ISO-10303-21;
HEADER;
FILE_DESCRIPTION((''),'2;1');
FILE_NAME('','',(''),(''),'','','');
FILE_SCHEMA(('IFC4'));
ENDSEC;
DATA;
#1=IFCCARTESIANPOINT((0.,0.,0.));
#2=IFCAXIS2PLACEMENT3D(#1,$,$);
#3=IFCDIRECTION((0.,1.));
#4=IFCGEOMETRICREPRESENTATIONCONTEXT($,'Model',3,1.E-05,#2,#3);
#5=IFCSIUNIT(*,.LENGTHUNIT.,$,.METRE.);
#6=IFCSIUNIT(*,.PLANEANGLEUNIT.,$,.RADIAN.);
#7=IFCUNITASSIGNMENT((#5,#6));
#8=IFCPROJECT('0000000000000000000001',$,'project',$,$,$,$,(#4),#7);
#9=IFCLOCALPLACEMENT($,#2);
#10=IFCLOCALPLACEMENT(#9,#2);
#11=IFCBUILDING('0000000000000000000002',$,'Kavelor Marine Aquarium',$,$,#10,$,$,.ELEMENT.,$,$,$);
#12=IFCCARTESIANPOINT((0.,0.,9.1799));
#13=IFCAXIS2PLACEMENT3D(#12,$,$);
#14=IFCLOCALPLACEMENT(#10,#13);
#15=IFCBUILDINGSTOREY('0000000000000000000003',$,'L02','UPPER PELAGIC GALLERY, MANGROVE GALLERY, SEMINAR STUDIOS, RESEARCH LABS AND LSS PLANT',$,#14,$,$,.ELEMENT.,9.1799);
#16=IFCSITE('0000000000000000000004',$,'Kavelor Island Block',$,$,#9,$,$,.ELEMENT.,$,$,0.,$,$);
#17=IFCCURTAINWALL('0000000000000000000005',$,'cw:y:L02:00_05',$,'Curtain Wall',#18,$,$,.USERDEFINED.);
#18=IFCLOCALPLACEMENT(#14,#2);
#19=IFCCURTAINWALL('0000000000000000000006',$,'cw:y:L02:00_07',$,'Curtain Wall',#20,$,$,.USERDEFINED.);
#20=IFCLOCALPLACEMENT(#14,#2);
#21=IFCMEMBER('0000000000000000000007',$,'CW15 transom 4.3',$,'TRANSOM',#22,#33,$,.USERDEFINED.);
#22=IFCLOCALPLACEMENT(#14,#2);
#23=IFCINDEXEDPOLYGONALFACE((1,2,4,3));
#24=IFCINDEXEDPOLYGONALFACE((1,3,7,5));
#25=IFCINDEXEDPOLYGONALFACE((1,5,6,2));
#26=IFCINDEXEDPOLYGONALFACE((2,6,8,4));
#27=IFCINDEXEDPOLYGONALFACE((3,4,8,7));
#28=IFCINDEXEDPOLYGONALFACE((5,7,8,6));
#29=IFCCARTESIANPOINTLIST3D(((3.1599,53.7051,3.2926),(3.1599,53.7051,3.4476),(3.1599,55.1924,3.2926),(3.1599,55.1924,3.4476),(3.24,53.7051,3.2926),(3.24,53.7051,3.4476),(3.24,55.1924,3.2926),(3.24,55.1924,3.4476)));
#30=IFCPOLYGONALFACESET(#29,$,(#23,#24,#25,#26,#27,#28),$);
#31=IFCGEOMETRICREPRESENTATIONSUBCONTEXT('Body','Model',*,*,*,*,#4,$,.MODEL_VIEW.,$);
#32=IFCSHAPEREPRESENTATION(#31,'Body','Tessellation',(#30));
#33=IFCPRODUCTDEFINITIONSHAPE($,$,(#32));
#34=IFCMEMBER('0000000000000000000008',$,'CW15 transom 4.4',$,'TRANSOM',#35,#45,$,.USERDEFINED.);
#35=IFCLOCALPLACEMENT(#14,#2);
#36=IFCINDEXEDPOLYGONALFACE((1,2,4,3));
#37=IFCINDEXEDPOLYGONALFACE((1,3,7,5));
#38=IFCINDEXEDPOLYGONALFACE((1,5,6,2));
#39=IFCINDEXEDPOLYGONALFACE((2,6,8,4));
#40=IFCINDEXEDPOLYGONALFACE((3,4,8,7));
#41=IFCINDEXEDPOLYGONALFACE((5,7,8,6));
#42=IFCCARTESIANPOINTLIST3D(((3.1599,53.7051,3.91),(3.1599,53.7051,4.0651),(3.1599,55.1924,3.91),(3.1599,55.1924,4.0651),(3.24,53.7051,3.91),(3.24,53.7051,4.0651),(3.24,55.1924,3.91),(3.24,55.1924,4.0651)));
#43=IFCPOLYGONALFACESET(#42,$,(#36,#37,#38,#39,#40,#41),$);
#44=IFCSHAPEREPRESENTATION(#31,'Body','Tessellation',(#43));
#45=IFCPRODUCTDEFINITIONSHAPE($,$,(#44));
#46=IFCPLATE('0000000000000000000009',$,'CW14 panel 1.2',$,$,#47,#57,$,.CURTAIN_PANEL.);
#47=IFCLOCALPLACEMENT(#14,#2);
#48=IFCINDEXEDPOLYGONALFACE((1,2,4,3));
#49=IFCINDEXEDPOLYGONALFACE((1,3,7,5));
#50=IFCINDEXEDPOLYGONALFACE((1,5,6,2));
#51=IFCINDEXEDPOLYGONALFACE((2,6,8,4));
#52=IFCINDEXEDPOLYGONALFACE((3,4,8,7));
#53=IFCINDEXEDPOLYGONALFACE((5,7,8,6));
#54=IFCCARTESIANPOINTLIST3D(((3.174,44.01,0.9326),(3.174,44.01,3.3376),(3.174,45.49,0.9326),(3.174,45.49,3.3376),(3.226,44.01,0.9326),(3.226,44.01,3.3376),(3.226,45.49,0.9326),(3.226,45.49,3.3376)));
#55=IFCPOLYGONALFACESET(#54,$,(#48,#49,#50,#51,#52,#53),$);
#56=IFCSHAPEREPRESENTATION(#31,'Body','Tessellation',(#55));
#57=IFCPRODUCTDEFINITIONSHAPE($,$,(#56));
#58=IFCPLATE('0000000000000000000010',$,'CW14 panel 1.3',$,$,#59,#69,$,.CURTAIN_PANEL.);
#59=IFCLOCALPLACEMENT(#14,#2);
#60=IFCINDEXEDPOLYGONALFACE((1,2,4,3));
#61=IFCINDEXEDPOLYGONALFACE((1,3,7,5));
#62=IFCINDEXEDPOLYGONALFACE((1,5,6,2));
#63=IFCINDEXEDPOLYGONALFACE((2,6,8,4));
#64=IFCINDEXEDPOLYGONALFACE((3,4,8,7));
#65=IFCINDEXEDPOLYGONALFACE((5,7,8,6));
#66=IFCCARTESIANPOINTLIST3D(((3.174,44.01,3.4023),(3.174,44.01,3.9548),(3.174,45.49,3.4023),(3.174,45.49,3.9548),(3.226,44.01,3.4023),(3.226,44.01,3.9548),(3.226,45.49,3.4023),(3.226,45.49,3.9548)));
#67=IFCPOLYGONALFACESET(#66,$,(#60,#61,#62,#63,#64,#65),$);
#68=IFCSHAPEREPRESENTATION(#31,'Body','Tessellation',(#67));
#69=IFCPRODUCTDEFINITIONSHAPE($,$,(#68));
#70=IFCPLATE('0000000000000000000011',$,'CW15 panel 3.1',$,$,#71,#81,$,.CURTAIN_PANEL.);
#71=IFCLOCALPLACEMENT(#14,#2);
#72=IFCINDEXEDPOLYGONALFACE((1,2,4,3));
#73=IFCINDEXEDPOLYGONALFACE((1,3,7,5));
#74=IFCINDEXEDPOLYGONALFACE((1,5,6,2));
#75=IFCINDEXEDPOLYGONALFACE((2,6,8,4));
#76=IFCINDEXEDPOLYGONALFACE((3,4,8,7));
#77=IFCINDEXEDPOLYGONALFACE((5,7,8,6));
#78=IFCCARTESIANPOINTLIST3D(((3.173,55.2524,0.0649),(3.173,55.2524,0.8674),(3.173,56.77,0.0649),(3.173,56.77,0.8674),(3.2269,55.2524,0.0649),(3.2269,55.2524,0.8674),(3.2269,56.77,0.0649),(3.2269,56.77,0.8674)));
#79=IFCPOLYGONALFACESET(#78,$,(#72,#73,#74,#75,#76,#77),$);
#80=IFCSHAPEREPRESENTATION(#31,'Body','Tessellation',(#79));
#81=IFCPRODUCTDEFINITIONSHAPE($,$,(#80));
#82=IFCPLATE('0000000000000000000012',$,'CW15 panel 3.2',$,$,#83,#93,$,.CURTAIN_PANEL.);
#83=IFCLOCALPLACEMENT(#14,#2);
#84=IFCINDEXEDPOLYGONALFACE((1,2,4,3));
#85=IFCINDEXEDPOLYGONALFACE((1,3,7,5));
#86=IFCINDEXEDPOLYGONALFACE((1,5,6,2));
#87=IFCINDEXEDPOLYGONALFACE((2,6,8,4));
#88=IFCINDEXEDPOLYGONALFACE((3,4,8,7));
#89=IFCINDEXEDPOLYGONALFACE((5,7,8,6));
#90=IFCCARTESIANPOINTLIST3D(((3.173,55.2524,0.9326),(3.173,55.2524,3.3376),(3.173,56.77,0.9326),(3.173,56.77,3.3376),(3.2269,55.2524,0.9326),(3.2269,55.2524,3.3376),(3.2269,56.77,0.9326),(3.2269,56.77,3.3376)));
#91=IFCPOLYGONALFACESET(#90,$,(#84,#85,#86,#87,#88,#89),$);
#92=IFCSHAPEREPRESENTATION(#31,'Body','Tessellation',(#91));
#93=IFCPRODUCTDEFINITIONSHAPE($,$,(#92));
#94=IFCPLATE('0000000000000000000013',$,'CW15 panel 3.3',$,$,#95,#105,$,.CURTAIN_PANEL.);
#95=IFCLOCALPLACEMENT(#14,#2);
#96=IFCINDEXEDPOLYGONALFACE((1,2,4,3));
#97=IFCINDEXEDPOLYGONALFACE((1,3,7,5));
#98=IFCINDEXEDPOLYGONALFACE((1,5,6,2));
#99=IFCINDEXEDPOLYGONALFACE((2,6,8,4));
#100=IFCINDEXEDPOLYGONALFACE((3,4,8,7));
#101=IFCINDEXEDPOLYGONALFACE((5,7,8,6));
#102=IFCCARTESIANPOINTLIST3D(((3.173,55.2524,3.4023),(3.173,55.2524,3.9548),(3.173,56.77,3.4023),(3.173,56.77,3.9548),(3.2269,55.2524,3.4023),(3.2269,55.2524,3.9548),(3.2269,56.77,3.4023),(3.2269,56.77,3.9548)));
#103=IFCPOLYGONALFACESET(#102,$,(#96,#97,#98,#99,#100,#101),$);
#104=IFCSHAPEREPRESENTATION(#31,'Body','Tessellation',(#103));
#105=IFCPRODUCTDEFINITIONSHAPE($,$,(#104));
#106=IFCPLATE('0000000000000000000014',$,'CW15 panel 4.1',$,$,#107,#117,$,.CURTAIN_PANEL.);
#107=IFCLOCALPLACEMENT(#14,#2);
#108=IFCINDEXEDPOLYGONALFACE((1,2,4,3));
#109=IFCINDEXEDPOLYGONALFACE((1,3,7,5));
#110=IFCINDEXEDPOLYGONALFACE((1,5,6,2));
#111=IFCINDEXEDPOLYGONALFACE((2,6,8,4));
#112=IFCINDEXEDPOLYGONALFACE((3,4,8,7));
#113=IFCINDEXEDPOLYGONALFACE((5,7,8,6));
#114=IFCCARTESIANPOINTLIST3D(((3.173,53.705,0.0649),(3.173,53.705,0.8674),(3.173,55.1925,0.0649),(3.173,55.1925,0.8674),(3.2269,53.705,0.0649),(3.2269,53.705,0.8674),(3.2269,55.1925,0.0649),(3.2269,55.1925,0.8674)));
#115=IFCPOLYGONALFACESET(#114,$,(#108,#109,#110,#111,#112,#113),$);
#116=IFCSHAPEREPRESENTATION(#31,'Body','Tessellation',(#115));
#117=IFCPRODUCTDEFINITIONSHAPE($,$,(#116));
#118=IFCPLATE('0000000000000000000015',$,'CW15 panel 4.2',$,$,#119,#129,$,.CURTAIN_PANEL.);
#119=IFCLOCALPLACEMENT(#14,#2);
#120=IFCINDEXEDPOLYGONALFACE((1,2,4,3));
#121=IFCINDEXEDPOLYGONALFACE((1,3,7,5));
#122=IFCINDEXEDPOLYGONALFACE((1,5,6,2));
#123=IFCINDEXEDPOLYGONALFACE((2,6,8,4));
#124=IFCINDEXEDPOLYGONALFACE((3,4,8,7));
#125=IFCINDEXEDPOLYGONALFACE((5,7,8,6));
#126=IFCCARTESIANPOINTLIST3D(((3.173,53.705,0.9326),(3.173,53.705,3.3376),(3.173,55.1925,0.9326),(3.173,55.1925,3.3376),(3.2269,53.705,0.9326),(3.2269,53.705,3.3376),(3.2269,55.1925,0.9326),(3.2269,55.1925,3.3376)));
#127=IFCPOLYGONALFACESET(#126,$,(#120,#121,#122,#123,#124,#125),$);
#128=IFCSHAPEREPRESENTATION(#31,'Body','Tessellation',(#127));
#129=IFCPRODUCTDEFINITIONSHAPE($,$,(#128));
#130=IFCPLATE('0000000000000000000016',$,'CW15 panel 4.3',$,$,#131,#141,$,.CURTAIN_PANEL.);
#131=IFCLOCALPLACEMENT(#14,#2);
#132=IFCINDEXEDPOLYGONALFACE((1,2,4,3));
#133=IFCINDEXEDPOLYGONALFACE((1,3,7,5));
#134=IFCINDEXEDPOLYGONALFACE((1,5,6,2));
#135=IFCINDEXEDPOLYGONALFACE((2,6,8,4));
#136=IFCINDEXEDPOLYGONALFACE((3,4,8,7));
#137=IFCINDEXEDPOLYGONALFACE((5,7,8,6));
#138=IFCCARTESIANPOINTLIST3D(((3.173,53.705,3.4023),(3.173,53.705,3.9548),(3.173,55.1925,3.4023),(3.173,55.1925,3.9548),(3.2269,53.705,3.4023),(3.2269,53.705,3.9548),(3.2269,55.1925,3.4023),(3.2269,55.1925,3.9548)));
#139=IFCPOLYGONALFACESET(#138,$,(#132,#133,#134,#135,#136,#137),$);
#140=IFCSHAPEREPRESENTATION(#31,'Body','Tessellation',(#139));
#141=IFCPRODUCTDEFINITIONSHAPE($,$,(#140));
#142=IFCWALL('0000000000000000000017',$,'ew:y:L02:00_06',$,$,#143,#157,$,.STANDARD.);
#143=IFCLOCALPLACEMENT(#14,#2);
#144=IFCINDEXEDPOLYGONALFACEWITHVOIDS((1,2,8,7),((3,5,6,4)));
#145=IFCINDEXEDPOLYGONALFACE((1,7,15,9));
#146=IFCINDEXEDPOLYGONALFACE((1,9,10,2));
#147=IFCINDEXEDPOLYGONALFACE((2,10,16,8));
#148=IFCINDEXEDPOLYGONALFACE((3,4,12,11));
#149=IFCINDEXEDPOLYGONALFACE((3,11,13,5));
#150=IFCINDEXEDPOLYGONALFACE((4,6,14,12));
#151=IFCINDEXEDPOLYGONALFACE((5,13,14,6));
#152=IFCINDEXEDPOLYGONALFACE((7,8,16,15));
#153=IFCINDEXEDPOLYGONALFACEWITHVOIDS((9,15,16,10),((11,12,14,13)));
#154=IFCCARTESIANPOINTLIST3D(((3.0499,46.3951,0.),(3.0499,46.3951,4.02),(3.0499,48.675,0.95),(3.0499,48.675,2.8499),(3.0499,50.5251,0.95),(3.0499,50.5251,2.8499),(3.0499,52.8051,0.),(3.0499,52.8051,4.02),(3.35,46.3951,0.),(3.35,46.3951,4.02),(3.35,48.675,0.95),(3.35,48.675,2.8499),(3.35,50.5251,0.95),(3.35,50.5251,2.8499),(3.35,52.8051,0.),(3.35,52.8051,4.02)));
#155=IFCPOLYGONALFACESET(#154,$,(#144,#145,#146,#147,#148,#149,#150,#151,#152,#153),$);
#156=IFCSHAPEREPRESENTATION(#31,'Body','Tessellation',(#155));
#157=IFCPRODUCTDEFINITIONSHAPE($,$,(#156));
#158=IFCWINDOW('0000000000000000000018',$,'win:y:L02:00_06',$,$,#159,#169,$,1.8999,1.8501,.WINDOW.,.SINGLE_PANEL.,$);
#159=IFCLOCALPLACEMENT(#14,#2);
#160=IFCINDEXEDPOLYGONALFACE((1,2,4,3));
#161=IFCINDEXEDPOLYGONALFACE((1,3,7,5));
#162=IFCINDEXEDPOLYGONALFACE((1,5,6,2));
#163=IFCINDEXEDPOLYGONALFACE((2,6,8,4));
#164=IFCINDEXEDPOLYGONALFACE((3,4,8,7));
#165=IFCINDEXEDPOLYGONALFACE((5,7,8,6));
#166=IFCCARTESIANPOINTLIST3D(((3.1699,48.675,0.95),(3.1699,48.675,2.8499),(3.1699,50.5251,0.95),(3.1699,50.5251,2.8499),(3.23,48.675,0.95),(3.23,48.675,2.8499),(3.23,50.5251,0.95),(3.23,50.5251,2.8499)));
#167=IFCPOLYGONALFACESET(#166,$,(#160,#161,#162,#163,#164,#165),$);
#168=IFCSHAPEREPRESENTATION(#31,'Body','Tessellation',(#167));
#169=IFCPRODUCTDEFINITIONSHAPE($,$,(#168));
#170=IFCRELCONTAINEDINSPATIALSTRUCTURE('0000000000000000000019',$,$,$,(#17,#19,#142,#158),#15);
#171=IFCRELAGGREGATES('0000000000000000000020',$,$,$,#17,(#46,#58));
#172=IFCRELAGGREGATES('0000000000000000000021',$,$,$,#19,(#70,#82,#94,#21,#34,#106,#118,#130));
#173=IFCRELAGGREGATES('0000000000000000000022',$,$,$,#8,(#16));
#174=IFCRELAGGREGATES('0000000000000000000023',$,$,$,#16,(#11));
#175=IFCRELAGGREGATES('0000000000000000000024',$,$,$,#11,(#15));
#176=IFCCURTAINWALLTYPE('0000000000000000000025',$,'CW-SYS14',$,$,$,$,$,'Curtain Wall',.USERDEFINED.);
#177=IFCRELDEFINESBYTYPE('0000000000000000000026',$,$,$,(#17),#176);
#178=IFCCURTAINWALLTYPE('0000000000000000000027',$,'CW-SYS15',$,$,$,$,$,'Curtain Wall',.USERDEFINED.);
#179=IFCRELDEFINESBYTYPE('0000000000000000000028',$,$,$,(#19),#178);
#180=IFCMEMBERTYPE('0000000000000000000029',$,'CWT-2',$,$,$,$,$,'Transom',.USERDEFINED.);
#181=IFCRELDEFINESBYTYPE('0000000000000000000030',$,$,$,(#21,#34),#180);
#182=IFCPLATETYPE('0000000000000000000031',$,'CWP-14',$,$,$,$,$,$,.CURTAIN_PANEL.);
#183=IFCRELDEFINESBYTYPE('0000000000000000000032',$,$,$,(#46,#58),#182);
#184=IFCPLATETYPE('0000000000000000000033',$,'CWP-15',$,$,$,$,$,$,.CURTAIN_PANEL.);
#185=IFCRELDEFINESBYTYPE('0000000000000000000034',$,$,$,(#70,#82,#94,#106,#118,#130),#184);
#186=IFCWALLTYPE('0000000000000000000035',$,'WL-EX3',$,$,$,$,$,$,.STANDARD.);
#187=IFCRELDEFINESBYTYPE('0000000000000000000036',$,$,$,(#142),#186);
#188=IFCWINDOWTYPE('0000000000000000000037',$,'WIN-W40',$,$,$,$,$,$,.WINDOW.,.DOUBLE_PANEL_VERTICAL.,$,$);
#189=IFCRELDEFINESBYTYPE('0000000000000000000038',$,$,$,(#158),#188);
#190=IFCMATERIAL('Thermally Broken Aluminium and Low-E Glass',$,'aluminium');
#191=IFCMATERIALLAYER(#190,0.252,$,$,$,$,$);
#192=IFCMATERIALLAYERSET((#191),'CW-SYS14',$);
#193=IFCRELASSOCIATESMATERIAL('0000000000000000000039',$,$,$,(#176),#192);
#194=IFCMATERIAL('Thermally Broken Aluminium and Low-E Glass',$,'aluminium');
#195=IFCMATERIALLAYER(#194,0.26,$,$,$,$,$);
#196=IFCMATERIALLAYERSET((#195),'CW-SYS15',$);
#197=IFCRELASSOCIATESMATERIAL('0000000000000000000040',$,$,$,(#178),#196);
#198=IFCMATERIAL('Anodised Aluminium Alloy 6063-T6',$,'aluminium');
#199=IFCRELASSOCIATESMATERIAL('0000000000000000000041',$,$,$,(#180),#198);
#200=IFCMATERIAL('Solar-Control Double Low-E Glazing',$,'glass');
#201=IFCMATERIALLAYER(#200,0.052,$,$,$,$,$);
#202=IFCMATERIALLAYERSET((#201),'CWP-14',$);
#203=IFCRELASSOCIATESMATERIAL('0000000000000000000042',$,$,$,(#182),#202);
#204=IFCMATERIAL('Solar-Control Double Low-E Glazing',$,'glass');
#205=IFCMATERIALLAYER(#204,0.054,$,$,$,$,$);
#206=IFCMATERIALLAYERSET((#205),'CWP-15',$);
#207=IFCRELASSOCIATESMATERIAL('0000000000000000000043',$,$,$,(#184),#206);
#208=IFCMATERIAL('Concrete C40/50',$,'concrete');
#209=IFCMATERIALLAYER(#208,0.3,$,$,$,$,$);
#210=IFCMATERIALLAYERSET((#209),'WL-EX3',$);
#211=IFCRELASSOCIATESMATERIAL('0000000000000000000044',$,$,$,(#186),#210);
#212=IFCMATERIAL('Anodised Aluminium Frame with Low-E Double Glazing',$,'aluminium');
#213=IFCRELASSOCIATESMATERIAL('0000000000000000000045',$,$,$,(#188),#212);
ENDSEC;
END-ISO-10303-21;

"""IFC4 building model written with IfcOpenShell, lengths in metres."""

from ifc_helpers import new_model, si_unit, direction, frame, frame_2d, origin, origin_2d, place, context, subcontext, project, spatial, rectangle, extrude, material, layer, layer_set, material_profile, profile_set, type_object, element, fill, aggregate, save


model = new_model("IFC4")

# Units and contexts
model_context = context("Model", 3, precision=1e-05, world=origin(), true_north=direction((0.0, 1.0)))
body_context = subcontext(model_context, "Body", "Model", "MODEL_VIEW")
ifc_project = project(units=[si_unit("LENGTHUNIT", "METRE"), si_unit("PLANEANGLEUNIT", "RADIAN")], contexts=[model_context])

# Site, building, storey
site_placement = place(None, origin())
site = spatial("IfcSite", under=ifc_project, at=site_placement, Name="Kavelor Island Block", CompositionType="ELEMENT", RefElevation=0.0)
building_placement = place(site_placement, origin())
building = spatial("IfcBuilding", under=site, at=building_placement, Name="Kavelor Marine Aquarium", CompositionType="ELEMENT")
storey_placement = place(building_placement, frame((0.0, 0.0, 9.1799)))
storey = spatial("IfcBuildingStorey", under=building, at=storey_placement, Name="L02", Description="UPPER PELAGIC GALLERY, MANGROVE GALLERY, SEMINAR STUDIOS, RESEARCH LABS AND LSS PLANT", CompositionType="ELEMENT", Elevation=9.1799)

# Curtain wall
ifc_material_1 = material(Name="Thermally Broken Aluminium and Low-E Glass", Category="aluminium")
ifc_layer_1 = layer(ifc_material_1, 0.252)
ifc_layer_set_1 = layer_set([ifc_layer_1], Name="CW-SYS14")
curtain_wall_type_1 = type_object("IfcCurtainWallType", Name="CW-SYS14", ElementType="Curtain Wall", PredefinedType="USERDEFINED", material=ifc_layer_set_1)
curtain_wall_1_placement = place(storey_placement, origin())
curtain_wall_1 = element("IfcCurtainWall", 1, at=curtain_wall_1_placement, inside=storey, type_object=curtain_wall_type_1, Name="cw:y:L02:00_05", ObjectType="Curtain Wall", PredefinedType="USERDEFINED")

# Curtain wall
ifc_material_2 = material(Name="Thermally Broken Aluminium and Low-E Glass", Category="aluminium")
ifc_layer_2 = layer(ifc_material_2, 0.26)
ifc_layer_set_2 = layer_set([ifc_layer_2], Name="CW-SYS15")
curtain_wall_type_2 = type_object("IfcCurtainWallType", Name="CW-SYS15", ElementType="Curtain Wall", PredefinedType="USERDEFINED", material=ifc_layer_set_2)
curtain_wall_2_placement = place(storey_placement, origin())
curtain_wall_2 = element("IfcCurtainWall", 2, at=curtain_wall_2_placement, inside=storey, type_object=curtain_wall_type_2, Name="cw:y:L02:00_07", ObjectType="Curtain Wall", PredefinedType="USERDEFINED")

# Members
ifc_material_3 = material(Name="Anodised Aluminium Alloy 6063-T6", Category="aluminium")
ifc_material_profile_1 = material_profile(ifc_material_3, rectangle(XDim=0.0801, YDim=0.155, at=origin_2d()), Name="CW-TRN 80x155")
ifc_profile_set_1 = profile_set([ifc_material_profile_1], Name="Anodised Aluminium Alloy 6063-T6")
member_type_1 = type_object("IfcMemberType", Name="CWT-2", ElementType="Transom", PredefinedType="USERDEFINED", material=ifc_profile_set_1)
member_1_placement = place(storey_placement, frame((3.2, 55.1924, 3.3701), z_axis=(0.0, -1.0, 0.0), x_axis=(1.0, 0.0, 0.0)))
member_1 = element("IfcMember", 3, at=member_1_placement, type_object=member_type_1, Name="CW15 transom 4.3", ObjectType="TRANSOM", PredefinedType="USERDEFINED", context=body_context, shape_type="SweptSolid", body=[
    extrude(rectangle(XDim=0.0801, YDim=0.155, at=origin_2d()), origin(), (0.0, 0.0, 1.0), 1.4873),
])
member_2_placement = place(storey_placement, frame((3.2, 55.1924, 3.9875), z_axis=(0.0, -1.0, 0.0), x_axis=(1.0, 0.0, 0.0)))
member_2 = element("IfcMember", 4, at=member_2_placement, type_object=member_type_1, Name="CW15 transom 4.4", ObjectType="TRANSOM", PredefinedType="USERDEFINED", context=body_context, shape_type="SweptSolid", body=[
    extrude(rectangle(XDim=0.0801, YDim=0.155, at=origin_2d()), origin(), (0.0, 0.0, 1.0), 1.4873),
])

# Plates
ifc_material_4 = material(Name="Solar-Control Double Low-E Glazing", Category="glass")
ifc_layer_3 = layer(ifc_material_4, 0.052)
ifc_layer_set_3 = layer_set([ifc_layer_3], Name="CWP-14")
plate_type_1 = type_object("IfcPlateType", Name="CWP-14", PredefinedType="CURTAIN_PANEL", material=ifc_layer_set_3)
plate_1_placement = place(storey_placement, frame((3.2, 44.75, 0.9326), z_axis=(0.0, 0.0, 1.0), x_axis=(0.0, -1.0, 0.0)))
plate_1 = element("IfcPlate", 5, at=plate_1_placement, type_object=plate_type_1, Name="CW14 panel 1.2", PredefinedType="CURTAIN_PANEL", context=body_context, shape_type="SweptSolid", body=[
    extrude(rectangle(XDim=1.48, YDim=0.052, at=origin_2d()), origin(), (0.0, 0.0, 1.0), 2.405),
])
plate_2_placement = place(storey_placement, frame((3.2, 44.75, 3.4023), z_axis=(0.0, 0.0, 1.0), x_axis=(0.0, -1.0, 0.0)))
plate_2 = element("IfcPlate", 6, at=plate_2_placement, type_object=plate_type_1, Name="CW14 panel 1.3", PredefinedType="CURTAIN_PANEL", context=body_context, shape_type="SweptSolid", body=[
    extrude(rectangle(XDim=1.48, YDim=0.052, at=origin_2d()), origin(), (0.0, 0.0, 1.0), 0.5525),
])
aggregate(curtain_wall_1, [plate_1, plate_2])
ifc_material_5 = material(Name="Solar-Control Double Low-E Glazing", Category="glass")
ifc_layer_4 = layer(ifc_material_5, 0.054)
ifc_layer_set_4 = layer_set([ifc_layer_4], Name="CWP-15")
plate_type_2 = type_object("IfcPlateType", Name="CWP-15", PredefinedType="CURTAIN_PANEL", material=ifc_layer_set_4)
plate_3_placement = place(storey_placement, frame((3.2, 56.0112, 0.0649), z_axis=(0.0, 0.0, 1.0), x_axis=(0.0, -1.0, 0.0)))
plate_3 = element("IfcPlate", 7, at=plate_3_placement, type_object=plate_type_2, Name="CW15 panel 3.1", PredefinedType="CURTAIN_PANEL", context=body_context, shape_type="SweptSolid", body=[
    extrude(rectangle(XDim=1.5176, YDim=0.054, at=origin_2d()), origin(), (0.0, 0.0, 1.0), 0.8025),
])
plate_4_placement = place(storey_placement, frame((3.2, 56.0112, 0.9326), z_axis=(0.0, 0.0, 1.0), x_axis=(0.0, -1.0, 0.0)))
plate_4 = element("IfcPlate", 8, at=plate_4_placement, type_object=plate_type_2, Name="CW15 panel 3.2", PredefinedType="CURTAIN_PANEL", context=body_context, shape_type="SweptSolid", body=[
    extrude(rectangle(XDim=1.5176, YDim=0.054, at=origin_2d()), origin(), (0.0, 0.0, 1.0), 2.405),
])
plate_5_placement = place(storey_placement, frame((3.2, 56.0112, 3.4023), z_axis=(0.0, 0.0, 1.0), x_axis=(0.0, -1.0, 0.0)))
plate_5 = element("IfcPlate", 9, at=plate_5_placement, type_object=plate_type_2, Name="CW15 panel 3.3", PredefinedType="CURTAIN_PANEL", context=body_context, shape_type="SweptSolid", body=[
    extrude(rectangle(XDim=1.5176, YDim=0.054, at=origin_2d()), origin(), (0.0, 0.0, 1.0), 0.5525),
])
plate_6_placement = place(storey_placement, frame((3.2, 54.4487, 0.0649), z_axis=(0.0, 0.0, 1.0), x_axis=(0.0, -1.0, 0.0)))
plate_6 = element("IfcPlate", 10, at=plate_6_placement, type_object=plate_type_2, Name="CW15 panel 4.1", PredefinedType="CURTAIN_PANEL", context=body_context, shape_type="SweptSolid", body=[
    extrude(rectangle(XDim=1.4875, YDim=0.054, at=origin_2d()), origin(), (0.0, 0.0, 1.0), 0.8025),
])
plate_7_placement = place(storey_placement, frame((3.2, 54.4487, 0.9326), z_axis=(0.0, 0.0, 1.0), x_axis=(0.0, -1.0, 0.0)))
plate_7 = element("IfcPlate", 11, at=plate_7_placement, type_object=plate_type_2, Name="CW15 panel 4.2", PredefinedType="CURTAIN_PANEL", context=body_context, shape_type="SweptSolid", body=[
    extrude(rectangle(XDim=1.4875, YDim=0.054, at=origin_2d()), origin(), (0.0, 0.0, 1.0), 2.405),
])
plate_8_placement = place(storey_placement, frame((3.2, 54.4487, 3.4023), z_axis=(0.0, 0.0, 1.0), x_axis=(0.0, -1.0, 0.0)))
plate_8 = element("IfcPlate", 12, at=plate_8_placement, type_object=plate_type_2, Name="CW15 panel 4.3", PredefinedType="CURTAIN_PANEL", context=body_context, shape_type="SweptSolid", body=[
    extrude(rectangle(XDim=1.4875, YDim=0.054, at=origin_2d()), origin(), (0.0, 0.0, 1.0), 0.5525),
])
aggregate(curtain_wall_2, [plate_3, plate_4, plate_5, member_1, member_2, plate_6, plate_7, plate_8])

# Wall, opening, window
ifc_material_6 = material(Name="Concrete C40/50", Category="concrete")
ifc_layer_5 = layer(ifc_material_6, 0.3)
ifc_layer_set_5 = layer_set([ifc_layer_5], Name="WL-EX3")
wall_type = type_object("IfcWallType", Name="WL-EX3", PredefinedType="STANDARD", material=ifc_layer_set_5)
wall_placement = place(storey_placement, frame((3.2, 46.395, 0.0), z_axis=(0.0, 0.0, 1.0), x_axis=(0.0, 1.0, 0.0)))
wall = element("IfcWall", 13, at=wall_placement, inside=storey, type_object=wall_type, Name="ew:y:L02:00_06", PredefinedType="STANDARD", context=body_context, shape_type="SweptSolid", body=[
    extrude(rectangle(XDim=6.4099, YDim=0.3, at=frame_2d((3.2051, 0.0))), origin(), (0.0, 0.0, 1.0), 4.02),
])
opening_placement = place(wall_placement, frame((2.28, 0.0, 0.95)))
opening = element("IfcOpeningElement", 14, at=opening_placement, cuts=wall, PredefinedType="OPENING", context=body_context, shape_type="SweptSolid", body=[
    extrude(rectangle(XDim=1.8501, YDim=1.8999, at=frame_2d((0.925, 0.95))), frame((0.0, 0.1599, 0.0), z_axis=(0.0, -1.0, 0.0), x_axis=(1.0, 0.0, 0.0)), (0.0, 0.0, 1.0), 0.32),
])
ifc_material_7 = material(Name="Anodised Aluminium Frame with Low-E Double Glazing", Category="aluminium")
window_type = type_object("IfcWindowType", Name="WIN-W40", PartitioningType="DOUBLE_PANEL_VERTICAL", PredefinedType="WINDOW", material=ifc_material_7)
window_placement = place(opening_placement, origin())
window = element("IfcWindow", 15, at=window_placement, inside=storey, type_object=window_type, Name="win:y:L02:00_06", OverallHeight=1.8999, OverallWidth=1.8501, PartitioningType="SINGLE_PANEL", PredefinedType="WINDOW", context=body_context, shape_type="SweptSolid", body=[
    extrude(rectangle(XDim=1.8501, YDim=1.8999, at=frame_2d((0.925, 0.95))), frame((0.0, 0.03, 0.0), z_axis=(0.0, -1.0, 0.0), x_axis=(1.0, 0.0, 0.0)), (0.0, 0.0, 1.0), 0.0601),
])
fill(opening, window)

save(model, "model.ifc")
